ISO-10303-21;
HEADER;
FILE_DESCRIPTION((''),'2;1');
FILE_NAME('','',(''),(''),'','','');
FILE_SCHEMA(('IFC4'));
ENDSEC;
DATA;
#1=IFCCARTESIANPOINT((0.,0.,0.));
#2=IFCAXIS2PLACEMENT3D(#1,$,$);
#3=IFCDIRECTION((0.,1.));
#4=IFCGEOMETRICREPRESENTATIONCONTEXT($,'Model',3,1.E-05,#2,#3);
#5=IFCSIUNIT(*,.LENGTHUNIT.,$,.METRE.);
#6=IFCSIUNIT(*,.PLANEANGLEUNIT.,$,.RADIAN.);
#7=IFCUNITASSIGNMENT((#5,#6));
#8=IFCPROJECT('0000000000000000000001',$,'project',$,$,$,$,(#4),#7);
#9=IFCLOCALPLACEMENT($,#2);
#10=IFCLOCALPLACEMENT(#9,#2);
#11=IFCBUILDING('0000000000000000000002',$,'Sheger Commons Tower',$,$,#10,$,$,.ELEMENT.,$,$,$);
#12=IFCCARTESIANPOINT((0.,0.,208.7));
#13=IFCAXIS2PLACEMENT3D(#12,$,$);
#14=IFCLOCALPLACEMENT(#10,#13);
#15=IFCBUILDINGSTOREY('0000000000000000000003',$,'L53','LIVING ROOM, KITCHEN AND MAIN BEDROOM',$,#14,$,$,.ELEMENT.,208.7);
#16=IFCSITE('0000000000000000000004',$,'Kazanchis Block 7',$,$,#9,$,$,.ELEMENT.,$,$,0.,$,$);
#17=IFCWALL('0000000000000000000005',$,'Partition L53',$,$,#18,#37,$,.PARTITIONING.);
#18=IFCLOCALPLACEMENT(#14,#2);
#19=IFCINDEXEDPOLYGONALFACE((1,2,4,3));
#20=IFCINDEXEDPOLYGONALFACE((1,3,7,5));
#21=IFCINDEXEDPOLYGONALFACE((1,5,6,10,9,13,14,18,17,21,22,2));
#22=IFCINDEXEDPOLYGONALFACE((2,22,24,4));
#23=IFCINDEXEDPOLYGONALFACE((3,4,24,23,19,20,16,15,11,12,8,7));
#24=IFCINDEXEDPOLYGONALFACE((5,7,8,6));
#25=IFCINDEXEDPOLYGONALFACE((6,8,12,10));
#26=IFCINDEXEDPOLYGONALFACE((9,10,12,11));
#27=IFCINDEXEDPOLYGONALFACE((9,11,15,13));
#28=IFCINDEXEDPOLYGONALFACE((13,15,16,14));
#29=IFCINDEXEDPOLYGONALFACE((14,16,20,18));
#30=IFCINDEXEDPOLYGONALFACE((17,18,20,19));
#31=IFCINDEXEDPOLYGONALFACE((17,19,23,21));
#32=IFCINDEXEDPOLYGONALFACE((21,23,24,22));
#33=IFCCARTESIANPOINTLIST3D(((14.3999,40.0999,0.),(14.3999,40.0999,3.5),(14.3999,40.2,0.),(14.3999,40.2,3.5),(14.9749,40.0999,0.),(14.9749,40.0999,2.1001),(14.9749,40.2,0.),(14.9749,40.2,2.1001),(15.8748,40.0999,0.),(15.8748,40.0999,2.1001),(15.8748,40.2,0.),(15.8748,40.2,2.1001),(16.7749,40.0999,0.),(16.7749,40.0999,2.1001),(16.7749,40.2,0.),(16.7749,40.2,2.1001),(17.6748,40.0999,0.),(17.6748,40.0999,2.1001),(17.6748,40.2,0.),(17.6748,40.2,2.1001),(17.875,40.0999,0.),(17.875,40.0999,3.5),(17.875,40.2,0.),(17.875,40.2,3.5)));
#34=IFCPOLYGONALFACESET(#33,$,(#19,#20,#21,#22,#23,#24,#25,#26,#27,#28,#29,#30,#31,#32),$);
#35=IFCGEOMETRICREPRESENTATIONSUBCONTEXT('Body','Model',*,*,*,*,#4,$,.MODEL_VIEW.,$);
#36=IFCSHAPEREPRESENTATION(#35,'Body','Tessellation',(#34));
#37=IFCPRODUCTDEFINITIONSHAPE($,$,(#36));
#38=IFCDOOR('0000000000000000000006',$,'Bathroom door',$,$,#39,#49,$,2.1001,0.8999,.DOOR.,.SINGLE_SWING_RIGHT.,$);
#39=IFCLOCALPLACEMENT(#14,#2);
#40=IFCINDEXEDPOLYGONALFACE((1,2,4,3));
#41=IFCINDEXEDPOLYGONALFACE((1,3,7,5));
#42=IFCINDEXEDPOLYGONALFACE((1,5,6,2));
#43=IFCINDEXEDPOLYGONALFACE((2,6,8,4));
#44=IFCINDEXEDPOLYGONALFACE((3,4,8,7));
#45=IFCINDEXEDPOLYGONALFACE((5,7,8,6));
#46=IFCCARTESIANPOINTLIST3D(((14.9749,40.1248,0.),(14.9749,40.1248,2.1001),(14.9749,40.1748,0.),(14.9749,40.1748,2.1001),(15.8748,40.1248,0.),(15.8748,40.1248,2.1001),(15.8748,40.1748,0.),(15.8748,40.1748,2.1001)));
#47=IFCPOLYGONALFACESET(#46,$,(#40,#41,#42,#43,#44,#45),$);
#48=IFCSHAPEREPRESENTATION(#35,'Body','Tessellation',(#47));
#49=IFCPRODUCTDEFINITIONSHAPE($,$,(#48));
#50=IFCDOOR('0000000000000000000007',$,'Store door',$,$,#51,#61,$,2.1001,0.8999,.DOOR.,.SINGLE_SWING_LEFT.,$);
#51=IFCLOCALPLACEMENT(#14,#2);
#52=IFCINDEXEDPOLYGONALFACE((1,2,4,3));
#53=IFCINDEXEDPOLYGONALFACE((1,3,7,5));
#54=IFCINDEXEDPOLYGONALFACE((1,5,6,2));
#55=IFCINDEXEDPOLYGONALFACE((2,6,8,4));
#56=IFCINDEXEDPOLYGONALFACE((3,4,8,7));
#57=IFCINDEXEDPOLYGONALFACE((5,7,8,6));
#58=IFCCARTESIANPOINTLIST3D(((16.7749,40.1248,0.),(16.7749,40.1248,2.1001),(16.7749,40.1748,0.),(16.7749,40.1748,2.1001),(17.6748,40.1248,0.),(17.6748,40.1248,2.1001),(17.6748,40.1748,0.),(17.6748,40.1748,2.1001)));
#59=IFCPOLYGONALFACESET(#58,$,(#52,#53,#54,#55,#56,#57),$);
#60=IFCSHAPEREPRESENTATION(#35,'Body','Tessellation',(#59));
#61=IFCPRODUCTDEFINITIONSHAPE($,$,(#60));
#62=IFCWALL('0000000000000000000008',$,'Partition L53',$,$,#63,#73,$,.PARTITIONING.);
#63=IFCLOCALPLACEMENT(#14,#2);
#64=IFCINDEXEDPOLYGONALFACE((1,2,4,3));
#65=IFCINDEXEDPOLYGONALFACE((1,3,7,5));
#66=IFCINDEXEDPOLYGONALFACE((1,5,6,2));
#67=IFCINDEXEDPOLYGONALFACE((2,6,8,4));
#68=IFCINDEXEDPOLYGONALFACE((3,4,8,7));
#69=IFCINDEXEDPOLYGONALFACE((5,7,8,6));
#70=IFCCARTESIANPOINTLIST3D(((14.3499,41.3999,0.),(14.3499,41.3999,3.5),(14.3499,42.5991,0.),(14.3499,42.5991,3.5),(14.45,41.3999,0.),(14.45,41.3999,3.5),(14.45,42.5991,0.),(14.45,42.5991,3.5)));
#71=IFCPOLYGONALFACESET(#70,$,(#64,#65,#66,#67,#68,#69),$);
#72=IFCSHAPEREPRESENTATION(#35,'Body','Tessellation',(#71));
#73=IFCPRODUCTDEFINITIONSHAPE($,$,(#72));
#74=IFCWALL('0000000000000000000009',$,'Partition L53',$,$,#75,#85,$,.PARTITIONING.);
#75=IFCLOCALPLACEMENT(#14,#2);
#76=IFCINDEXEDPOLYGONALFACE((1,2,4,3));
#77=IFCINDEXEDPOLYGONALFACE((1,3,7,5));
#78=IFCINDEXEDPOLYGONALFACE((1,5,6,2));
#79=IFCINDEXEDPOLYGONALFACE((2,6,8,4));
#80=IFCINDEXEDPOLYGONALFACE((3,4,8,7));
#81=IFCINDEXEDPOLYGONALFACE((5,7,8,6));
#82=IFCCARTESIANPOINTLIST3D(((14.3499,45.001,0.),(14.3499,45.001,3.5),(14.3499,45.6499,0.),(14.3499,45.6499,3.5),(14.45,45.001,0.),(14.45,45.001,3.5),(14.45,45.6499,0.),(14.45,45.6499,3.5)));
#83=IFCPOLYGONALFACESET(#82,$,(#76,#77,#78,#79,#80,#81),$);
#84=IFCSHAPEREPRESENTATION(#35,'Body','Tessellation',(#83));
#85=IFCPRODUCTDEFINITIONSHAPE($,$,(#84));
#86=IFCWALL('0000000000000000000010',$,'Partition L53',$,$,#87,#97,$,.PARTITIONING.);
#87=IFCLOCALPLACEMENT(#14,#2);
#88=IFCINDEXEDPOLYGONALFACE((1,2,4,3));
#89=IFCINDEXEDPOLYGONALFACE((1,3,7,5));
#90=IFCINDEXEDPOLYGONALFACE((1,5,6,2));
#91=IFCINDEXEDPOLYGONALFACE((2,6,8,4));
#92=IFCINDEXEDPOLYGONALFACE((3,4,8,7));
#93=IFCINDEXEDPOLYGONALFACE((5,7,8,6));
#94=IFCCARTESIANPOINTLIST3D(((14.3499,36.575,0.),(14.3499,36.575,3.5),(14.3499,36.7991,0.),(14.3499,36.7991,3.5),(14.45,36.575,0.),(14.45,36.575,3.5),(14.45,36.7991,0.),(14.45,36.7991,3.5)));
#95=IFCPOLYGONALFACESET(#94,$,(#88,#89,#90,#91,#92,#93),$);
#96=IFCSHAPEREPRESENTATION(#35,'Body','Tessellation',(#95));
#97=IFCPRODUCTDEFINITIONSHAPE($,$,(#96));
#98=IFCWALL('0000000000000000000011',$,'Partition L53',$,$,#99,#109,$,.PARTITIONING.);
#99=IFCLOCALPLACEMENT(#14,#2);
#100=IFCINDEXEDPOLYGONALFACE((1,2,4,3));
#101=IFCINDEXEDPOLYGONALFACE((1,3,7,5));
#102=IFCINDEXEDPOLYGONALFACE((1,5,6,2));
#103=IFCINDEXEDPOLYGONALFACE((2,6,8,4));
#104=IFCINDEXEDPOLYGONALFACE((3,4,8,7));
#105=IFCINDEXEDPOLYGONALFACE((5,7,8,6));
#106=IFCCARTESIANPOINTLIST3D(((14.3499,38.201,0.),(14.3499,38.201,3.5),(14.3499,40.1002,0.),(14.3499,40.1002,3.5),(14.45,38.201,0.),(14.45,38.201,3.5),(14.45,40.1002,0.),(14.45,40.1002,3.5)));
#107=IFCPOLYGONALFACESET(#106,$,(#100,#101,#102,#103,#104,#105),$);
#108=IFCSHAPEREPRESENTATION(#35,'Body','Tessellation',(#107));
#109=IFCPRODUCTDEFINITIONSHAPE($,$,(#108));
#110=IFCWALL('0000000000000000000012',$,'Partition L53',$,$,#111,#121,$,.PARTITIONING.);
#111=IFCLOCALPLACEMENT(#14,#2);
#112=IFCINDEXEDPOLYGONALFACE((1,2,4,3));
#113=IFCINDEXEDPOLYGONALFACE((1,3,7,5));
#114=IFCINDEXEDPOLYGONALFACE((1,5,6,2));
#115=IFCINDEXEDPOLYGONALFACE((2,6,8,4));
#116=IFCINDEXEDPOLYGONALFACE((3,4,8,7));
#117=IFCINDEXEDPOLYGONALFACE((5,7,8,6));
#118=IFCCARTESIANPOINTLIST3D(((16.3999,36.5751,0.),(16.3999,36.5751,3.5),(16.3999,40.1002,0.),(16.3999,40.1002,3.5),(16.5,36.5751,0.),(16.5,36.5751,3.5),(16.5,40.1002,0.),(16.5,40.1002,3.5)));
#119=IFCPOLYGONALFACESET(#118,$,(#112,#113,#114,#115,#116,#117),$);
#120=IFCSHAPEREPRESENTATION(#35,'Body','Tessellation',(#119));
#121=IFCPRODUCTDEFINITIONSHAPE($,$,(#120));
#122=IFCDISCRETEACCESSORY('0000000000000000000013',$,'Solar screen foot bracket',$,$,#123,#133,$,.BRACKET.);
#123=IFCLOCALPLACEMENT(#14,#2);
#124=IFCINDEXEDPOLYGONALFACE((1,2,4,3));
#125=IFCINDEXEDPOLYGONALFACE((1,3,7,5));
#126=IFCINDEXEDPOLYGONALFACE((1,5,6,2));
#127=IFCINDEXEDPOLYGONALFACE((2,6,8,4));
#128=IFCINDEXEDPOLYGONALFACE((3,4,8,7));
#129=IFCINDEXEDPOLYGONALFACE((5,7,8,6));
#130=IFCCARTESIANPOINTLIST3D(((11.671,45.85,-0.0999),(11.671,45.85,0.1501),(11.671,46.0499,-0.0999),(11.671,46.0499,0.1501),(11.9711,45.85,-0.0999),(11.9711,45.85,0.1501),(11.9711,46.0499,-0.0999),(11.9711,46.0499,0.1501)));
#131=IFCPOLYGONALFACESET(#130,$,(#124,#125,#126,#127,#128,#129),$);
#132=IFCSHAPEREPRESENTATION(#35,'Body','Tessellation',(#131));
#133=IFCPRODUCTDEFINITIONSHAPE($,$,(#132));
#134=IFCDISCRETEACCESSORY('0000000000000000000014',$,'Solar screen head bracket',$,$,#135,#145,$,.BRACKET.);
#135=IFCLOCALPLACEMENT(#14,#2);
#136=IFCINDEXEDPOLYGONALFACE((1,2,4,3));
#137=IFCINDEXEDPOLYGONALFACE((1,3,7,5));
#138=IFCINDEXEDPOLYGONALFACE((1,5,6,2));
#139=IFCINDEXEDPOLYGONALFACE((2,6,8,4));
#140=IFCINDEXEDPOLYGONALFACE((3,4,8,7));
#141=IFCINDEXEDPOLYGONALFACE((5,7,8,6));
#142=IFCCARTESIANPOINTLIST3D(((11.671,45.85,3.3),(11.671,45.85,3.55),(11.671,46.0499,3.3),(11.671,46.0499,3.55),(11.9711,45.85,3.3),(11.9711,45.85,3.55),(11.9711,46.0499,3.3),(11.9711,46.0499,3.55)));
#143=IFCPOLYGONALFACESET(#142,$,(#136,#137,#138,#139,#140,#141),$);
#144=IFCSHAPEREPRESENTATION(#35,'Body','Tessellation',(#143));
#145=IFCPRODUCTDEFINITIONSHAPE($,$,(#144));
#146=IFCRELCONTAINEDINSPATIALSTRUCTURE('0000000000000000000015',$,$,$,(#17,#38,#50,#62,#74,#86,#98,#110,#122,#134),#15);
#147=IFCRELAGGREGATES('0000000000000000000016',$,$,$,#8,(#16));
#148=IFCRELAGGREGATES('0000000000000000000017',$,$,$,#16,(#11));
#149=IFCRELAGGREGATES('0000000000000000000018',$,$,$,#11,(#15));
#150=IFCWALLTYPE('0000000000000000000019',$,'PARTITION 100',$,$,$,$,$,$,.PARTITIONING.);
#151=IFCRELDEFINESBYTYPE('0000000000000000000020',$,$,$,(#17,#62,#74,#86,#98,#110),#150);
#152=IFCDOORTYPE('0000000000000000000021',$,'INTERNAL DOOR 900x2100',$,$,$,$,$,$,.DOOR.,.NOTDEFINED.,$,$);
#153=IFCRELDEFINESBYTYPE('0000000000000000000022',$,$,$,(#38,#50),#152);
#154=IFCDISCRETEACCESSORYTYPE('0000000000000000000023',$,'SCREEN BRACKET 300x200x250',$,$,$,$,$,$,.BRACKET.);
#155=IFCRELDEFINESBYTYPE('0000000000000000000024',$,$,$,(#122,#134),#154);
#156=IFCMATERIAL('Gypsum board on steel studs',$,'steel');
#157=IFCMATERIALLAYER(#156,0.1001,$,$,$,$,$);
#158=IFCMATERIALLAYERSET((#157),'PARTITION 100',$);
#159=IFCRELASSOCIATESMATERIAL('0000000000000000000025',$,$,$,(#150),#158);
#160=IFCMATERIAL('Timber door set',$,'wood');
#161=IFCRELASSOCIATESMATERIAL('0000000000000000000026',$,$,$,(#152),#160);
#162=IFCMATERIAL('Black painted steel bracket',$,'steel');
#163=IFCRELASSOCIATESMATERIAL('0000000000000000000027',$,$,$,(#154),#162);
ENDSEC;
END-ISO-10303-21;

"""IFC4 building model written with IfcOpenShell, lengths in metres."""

from ifc_helpers import new_model, si_unit, direction, frame, frame_2d, origin, origin_2d, place, context, subcontext, project, spatial, rectangle, extrude, material, layer, layer_set, type_object, element, fill, save


model = new_model("IFC4")

# Units and contexts
model_context = context("Model", 3, precision=1e-05, world=origin(), true_north=direction((0.0, 1.0)))
body_context = subcontext(model_context, "Body", "Model", "MODEL_VIEW")
ifc_project = project(units=[si_unit("LENGTHUNIT", "METRE"), si_unit("PLANEANGLEUNIT", "RADIAN")], contexts=[model_context])

# Site, building, storey
site_placement = place(None, origin())
site = spatial("IfcSite", under=ifc_project, at=site_placement, Name="Kazanchis Block 7", CompositionType="ELEMENT", RefElevation=0.0)
building_placement = place(site_placement, origin())
building = spatial("IfcBuilding", under=site, at=building_placement, Name="Sheger Commons Tower", CompositionType="ELEMENT")
storey_placement = place(building_placement, frame((0.0, 0.0, 208.7)))
storey = spatial("IfcBuildingStorey", under=building, at=storey_placement, Name="L53", Description="LIVING ROOM, KITCHEN AND MAIN BEDROOM", CompositionType="ELEMENT", Elevation=208.7)

# Shared definitions
ifc_material_1 = material(Name="Gypsum board on steel studs", Category="steel")
ifc_layer_1 = layer(ifc_material_1, 0.1001)
ifc_layer_set_1 = layer_set([ifc_layer_1], Name="PARTITION 100")
wall_type_1 = type_object("IfcWallType", Name="PARTITION 100", PredefinedType="PARTITIONING", material=ifc_layer_set_1)
ifc_material_2 = material(Name="Timber door set", Category="wood")
door_type_1 = type_object("IfcDoorType", Name="INTERNAL DOOR 900x2100", OperationType="NOTDEFINED", PredefinedType="DOOR", material=ifc_material_2)

# Wall, openings, doors
wall_1_placement = place(storey_placement, frame((14.3999, 40.1499, 0.0), z_axis=(0.0, 0.0, 1.0), x_axis=(1.0, 0.0, 0.0)))
wall_1 = element("IfcWall", 1, at=wall_1_placement, inside=storey, type_object=wall_type_1, Name="Partition L53", PredefinedType="PARTITIONING", context=body_context, shape_type="SweptSolid", body=[
    extrude(rectangle(XDim=3.4751, YDim=0.1001, at=frame_2d((1.7375, 0.0))), origin(), (0.0, 0.0, 1.0), 3.5),
])
opening_1_placement = place(wall_1_placement, frame((0.575, 0.0, 0.0)))
opening_1 = element("IfcOpeningElement", 2, at=opening_1_placement, cuts=wall_1, PredefinedType="OPENING", context=body_context, shape_type="SweptSolid", body=[
    extrude(rectangle(XDim=0.8999, YDim=2.1001, at=frame_2d((0.45, 1.05))), frame((0.0, 0.0601, 0.0), z_axis=(0.0, -1.0, 0.0), x_axis=(1.0, 0.0, 0.0)), (0.0, 0.0, 1.0), 0.1201),
])
opening_2_placement = place(wall_1_placement, frame((2.375, 0.0, 0.0)))
opening_2 = element("IfcOpeningElement", 3, at=opening_2_placement, cuts=wall_1, PredefinedType="OPENING", context=body_context, shape_type="SweptSolid", body=[
    extrude(rectangle(XDim=0.8999, YDim=2.1001, at=frame_2d((0.45, 1.05))), frame((0.0, 0.0601, 0.0), z_axis=(0.0, -1.0, 0.0), x_axis=(1.0, 0.0, 0.0)), (0.0, 0.0, 1.0), 0.1201),
])
door_1_placement = place(opening_1_placement, origin())
door_1 = element("IfcDoor", 4, at=door_1_placement, inside=storey, type_object=door_type_1, Name="Bathroom door", OperationType="SINGLE_SWING_RIGHT", OverallHeight=2.1001, OverallWidth=0.8999, PredefinedType="DOOR", context=body_context, shape_type="SweptSolid", body=[
    extrude(rectangle(XDim=0.8999, YDim=2.1001, at=frame_2d((0.45, 1.05))), frame((0.0, 0.0249, 0.0), z_axis=(0.0, -1.0, 0.0), x_axis=(1.0, 0.0, 0.0)), (0.0, 0.0, 1.0), 0.05),
])
fill(opening_1, door_1)
door_2_placement = place(opening_2_placement, origin())
door_2 = element("IfcDoor", 5, at=door_2_placement, inside=storey, type_object=door_type_1, Name="Store door", OperationType="SINGLE_SWING_LEFT", OverallHeight=2.1001, OverallWidth=0.8999, PredefinedType="DOOR", context=body_context, shape_type="SweptSolid", body=[
    extrude(rectangle(XDim=0.8999, YDim=2.1001, at=frame_2d((0.45, 1.05))), frame((0.0, 0.0249, 0.0), z_axis=(0.0, -1.0, 0.0), x_axis=(1.0, 0.0, 0.0)), (0.0, 0.0, 1.0), 0.05),
])
fill(opening_2, door_2)

# Walls
wall_2_placement = place(storey_placement, frame((14.3999, 41.3999, 0.0), z_axis=(0.0, 0.0, 1.0), x_axis=(0.0, 1.0, 0.0)))
element("IfcWall", 6, at=wall_2_placement, inside=storey, type_object=wall_type_1, Name="Partition L53", PredefinedType="PARTITIONING", context=body_context, shape_type="SweptSolid", body=[
    extrude(rectangle(XDim=1.1992, YDim=0.1001, at=frame_2d((0.5996, 0.0))), origin(), (0.0, 0.0, 1.0), 3.5),
])
wall_3_placement = place(storey_placement, frame((14.3999, 45.001, 0.0), z_axis=(0.0, 0.0, 1.0), x_axis=(0.0, 1.0, 0.0)))
element("IfcWall", 7, at=wall_3_placement, inside=storey, type_object=wall_type_1, Name="Partition L53", PredefinedType="PARTITIONING", context=body_context, shape_type="SweptSolid", body=[
    extrude(rectangle(XDim=0.6489, YDim=0.1001, at=frame_2d((0.3245, 0.0))), origin(), (0.0, 0.0, 1.0), 3.5),
])
wall_4_placement = place(storey_placement, frame((14.3999, 36.575, 0.0), z_axis=(0.0, 0.0, 1.0), x_axis=(0.0, 1.0, 0.0)))
element("IfcWall", 8, at=wall_4_placement, inside=storey, type_object=wall_type_1, Name="Partition L53", PredefinedType="PARTITIONING", context=body_context, shape_type="SweptSolid", body=[
    extrude(rectangle(XDim=0.2241, YDim=0.1001, at=frame_2d((0.1121, 0.0))), origin(), (0.0, 0.0, 1.0), 3.5),
])
wall_5_placement = place(storey_placement, frame((14.3999, 38.2009, 0.0), z_axis=(0.0, 0.0, 1.0), x_axis=(0.0, 1.0, 0.0)))
element("IfcWall", 9, at=wall_5_placement, inside=storey, type_object=wall_type_1, Name="Partition L53", PredefinedType="PARTITIONING", context=body_context, shape_type="SweptSolid", body=[
    extrude(rectangle(XDim=1.8992, YDim=0.1001, at=frame_2d((0.9497, 0.0))), origin(), (0.0, 0.0, 1.0), 3.5),
])
wall_6_placement = place(storey_placement, frame((16.45, 36.575, 0.0), z_axis=(0.0, 0.0, 1.0), x_axis=(0.0, 1.0, 0.0)))
element("IfcWall", 10, at=wall_6_placement, inside=storey, type_object=wall_type_1, Name="Partition L53", PredefinedType="PARTITIONING", context=body_context, shape_type="SweptSolid", body=[
    extrude(rectangle(XDim=3.5251, YDim=0.1001, at=frame_2d((1.7627, 0.0))), origin(), (0.0, 0.0, 1.0), 3.5),
])

# Discrete accessories
ifc_material_3 = material(Name="Black painted steel bracket", Category="steel")
discrete_accessory_type = type_object("IfcDiscreteAccessoryType", Name="SCREEN BRACKET 300x200x250", PredefinedType="BRACKET", material=ifc_material_3)
for number, where, z_axis, x_axis, name in (
    (11, (11.821, 45.95, -0.0999), (0.0, 0.0, 1.0), (-1.0, 0.0, 0.0), "Solar screen foot bracket"),
    (12, (11.821, 45.95, 3.3), (0.0, 0.0, 1.0), (-1.0, 0.0, 0.0), "Solar screen head bracket"),
):
    element("IfcDiscreteAccessory", number, at=place(storey_placement, frame(where, z_axis=z_axis, x_axis=x_axis)), inside=storey, type_object=discrete_accessory_type, Name=name, PredefinedType="BRACKET", context=body_context, shape_type="SweptSolid", body=[
        extrude(rectangle(XDim=0.3, YDim=0.2, at=origin_2d()), origin(), (0.0, 0.0, 1.0), 0.25),
    ])

save(model, "model.ifc")
